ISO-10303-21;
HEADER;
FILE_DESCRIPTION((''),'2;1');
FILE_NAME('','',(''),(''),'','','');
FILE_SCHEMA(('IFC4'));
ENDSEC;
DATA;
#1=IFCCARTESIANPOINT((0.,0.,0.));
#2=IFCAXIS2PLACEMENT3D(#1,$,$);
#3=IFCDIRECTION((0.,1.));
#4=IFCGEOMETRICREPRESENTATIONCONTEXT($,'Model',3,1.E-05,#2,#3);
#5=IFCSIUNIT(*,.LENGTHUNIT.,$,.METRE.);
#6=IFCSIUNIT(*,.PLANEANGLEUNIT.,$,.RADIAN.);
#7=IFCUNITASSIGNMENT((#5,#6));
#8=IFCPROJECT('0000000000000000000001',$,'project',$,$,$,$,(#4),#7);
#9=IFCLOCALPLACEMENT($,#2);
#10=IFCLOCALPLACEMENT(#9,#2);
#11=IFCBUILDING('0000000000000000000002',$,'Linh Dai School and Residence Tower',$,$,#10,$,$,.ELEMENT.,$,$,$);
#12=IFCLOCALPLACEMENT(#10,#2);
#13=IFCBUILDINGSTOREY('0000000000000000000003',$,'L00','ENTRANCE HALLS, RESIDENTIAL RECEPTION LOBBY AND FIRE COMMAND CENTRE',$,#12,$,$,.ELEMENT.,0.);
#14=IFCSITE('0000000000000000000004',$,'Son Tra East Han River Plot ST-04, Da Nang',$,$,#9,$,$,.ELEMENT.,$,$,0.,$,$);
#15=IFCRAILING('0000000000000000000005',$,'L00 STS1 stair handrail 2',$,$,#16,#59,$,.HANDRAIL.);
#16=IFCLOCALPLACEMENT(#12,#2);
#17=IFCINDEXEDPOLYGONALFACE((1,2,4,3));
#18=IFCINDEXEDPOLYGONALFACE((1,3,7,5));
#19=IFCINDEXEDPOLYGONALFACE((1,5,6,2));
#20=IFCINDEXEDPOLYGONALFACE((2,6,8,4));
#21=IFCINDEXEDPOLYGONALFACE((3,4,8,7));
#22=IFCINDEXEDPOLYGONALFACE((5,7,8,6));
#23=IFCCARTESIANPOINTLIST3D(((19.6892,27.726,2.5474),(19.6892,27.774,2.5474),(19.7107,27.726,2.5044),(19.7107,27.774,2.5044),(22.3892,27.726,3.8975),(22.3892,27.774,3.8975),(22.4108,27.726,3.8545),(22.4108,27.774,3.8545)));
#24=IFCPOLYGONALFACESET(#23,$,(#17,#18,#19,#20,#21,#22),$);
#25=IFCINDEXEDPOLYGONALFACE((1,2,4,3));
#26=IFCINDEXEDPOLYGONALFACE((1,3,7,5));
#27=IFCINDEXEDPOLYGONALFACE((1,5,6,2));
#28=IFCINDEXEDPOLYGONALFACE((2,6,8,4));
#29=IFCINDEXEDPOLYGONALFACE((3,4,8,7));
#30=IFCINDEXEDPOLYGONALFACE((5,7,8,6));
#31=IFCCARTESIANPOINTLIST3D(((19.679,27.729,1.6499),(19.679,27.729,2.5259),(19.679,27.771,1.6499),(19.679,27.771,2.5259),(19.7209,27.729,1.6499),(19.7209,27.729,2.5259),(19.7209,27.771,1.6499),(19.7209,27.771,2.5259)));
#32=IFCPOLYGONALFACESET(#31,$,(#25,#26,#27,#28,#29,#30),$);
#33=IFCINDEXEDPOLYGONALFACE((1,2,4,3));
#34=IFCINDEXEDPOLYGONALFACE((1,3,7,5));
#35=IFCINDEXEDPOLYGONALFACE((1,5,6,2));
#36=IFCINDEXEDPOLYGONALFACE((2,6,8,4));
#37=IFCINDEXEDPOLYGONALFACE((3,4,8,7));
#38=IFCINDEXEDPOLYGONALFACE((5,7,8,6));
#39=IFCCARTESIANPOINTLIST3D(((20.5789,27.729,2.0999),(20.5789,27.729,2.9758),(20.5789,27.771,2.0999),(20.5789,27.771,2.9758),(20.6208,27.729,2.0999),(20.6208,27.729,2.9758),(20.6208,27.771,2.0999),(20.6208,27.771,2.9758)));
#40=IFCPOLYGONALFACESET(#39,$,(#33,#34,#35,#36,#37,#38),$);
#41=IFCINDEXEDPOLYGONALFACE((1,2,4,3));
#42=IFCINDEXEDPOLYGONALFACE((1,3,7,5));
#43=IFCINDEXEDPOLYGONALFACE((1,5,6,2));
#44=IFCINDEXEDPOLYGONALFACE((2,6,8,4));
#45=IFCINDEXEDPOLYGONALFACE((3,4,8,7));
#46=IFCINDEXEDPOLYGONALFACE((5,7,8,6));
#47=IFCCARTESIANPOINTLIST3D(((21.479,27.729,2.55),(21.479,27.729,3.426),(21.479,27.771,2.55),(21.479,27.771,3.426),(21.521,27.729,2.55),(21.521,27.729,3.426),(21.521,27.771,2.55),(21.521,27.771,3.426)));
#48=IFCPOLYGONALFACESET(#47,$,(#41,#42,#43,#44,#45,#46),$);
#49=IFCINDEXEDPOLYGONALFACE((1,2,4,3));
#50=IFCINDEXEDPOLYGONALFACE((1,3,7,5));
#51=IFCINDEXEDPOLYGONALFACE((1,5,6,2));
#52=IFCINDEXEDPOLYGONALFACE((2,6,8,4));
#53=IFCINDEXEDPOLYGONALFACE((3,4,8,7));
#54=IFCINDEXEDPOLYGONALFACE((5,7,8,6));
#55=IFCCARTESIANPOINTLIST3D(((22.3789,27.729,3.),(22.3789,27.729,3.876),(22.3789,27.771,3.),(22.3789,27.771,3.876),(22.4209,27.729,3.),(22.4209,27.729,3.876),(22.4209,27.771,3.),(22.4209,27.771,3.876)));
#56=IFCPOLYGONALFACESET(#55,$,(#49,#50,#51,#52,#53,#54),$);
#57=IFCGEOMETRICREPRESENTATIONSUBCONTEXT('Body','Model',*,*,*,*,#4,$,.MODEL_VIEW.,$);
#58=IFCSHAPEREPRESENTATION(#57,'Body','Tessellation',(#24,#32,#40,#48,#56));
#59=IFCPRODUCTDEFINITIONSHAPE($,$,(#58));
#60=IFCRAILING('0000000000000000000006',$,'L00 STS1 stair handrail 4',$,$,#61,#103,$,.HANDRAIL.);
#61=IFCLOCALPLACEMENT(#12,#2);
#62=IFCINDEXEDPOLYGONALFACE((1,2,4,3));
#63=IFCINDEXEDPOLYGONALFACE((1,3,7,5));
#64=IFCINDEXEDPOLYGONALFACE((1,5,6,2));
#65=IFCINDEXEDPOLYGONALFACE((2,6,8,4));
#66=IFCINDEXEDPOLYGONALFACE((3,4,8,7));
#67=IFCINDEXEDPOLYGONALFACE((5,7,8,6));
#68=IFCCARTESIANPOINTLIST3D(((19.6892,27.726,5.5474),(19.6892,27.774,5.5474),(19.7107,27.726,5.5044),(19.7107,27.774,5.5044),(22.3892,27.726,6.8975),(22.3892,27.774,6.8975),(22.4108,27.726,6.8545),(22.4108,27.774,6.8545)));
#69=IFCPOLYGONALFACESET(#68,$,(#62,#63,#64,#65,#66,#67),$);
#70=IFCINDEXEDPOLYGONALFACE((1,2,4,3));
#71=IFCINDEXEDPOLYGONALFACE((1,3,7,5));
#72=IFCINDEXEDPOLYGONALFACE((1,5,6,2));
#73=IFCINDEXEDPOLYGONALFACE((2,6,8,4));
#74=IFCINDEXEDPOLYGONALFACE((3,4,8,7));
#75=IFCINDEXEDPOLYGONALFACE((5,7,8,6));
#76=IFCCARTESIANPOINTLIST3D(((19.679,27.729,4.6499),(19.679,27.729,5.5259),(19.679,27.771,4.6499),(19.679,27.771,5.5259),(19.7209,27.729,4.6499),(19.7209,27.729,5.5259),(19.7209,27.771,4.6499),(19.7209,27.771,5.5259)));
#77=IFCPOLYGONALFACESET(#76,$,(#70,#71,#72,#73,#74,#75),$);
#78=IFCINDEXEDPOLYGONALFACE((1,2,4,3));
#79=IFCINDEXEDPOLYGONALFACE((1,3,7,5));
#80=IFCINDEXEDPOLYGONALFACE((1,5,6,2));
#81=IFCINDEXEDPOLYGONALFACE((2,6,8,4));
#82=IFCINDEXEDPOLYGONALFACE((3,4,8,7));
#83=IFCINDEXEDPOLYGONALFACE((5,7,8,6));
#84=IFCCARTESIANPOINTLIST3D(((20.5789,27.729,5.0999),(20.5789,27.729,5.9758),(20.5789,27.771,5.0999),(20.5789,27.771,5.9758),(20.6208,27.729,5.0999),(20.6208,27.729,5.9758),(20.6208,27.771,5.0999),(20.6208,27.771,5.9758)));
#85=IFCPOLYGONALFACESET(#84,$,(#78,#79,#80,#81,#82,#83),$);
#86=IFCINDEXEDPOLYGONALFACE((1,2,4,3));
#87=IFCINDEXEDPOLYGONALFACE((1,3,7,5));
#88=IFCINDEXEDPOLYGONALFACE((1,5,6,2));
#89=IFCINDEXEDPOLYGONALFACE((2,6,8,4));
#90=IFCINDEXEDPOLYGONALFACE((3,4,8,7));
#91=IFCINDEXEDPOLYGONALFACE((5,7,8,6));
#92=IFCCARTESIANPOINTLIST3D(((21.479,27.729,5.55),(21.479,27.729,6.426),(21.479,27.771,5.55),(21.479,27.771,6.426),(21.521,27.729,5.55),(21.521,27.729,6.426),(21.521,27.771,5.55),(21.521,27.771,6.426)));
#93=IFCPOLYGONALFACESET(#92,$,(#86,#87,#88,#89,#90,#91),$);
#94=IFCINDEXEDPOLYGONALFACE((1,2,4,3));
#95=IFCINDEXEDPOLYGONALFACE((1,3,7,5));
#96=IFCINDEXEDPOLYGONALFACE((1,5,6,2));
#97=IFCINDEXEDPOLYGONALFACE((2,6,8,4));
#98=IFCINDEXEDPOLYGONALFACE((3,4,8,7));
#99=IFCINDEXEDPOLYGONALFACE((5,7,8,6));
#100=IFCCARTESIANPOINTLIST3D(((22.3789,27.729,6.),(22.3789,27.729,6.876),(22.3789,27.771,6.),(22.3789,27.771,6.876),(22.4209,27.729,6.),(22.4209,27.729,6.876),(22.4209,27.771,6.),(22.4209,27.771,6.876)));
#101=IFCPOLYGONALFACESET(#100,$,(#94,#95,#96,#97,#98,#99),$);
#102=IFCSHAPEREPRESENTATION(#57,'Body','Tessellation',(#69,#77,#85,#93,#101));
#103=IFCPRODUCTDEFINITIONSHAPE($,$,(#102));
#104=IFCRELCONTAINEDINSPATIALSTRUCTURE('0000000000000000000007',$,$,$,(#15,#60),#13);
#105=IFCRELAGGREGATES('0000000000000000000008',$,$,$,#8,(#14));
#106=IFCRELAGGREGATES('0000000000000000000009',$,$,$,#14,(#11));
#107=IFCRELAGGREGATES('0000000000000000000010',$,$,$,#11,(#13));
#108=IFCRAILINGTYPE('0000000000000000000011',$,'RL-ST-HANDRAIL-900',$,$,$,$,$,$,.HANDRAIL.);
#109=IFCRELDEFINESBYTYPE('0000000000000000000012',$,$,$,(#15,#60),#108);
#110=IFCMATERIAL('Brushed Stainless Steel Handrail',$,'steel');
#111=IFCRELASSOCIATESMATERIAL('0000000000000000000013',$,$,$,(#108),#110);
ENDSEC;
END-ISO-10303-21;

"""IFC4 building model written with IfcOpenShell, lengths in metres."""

from ifc_helpers import new_model, si_unit, direction, frame, origin, origin_2d, place, context, subcontext, project, spatial, rectangle, extrude, source, transform, mapped, material, type_object, element, save


model = new_model("IFC4")

# Units and contexts
model_context = context("Model", 3, precision=1e-05, world=origin(), true_north=direction((0.0, 1.0)))
body_context = subcontext(model_context, "Body", "Model", "MODEL_VIEW")
ifc_project = project(units=[si_unit("LENGTHUNIT", "METRE"), si_unit("PLANEANGLEUNIT", "RADIAN")], contexts=[model_context])

# Site, building, storey
site_placement = place(None, origin())
site = spatial("IfcSite", under=ifc_project, at=site_placement, Name="Son Tra East Han River Plot ST-04, Da Nang", CompositionType="ELEMENT", RefElevation=0.0)
building_placement = place(site_placement, origin())
building = spatial("IfcBuilding", under=site, at=building_placement, Name="Linh Dai School and Residence Tower", CompositionType="ELEMENT")
storey_placement = place(building_placement, origin())
storey = spatial("IfcBuildingStorey", under=building, at=storey_placement, Name="L00", Description="ENTRANCE HALLS, RESIDENTIAL RECEPTION LOBBY AND FIRE COMMAND CENTRE", CompositionType="ELEMENT", Elevation=0.0)

# Railings
ifc_material_1 = material(Name="Brushed Stainless Steel Handrail", Category="steel")
railing_type_1 = type_object("IfcRailingType", Name="RL-ST-HANDRAIL-900", PredefinedType="HANDRAIL", material=ifc_material_1)
shared_shape_1 = source(origin(), body_context, "Body", "SweptSolid", [
    extrude(rectangle(XDim=0.0481, YDim=0.0481, at=origin_2d()), frame((0.0, 0.0, 0.876), z_axis=(0.894411, 0.0, 0.447246), x_axis=(0.0, 1.0, 0.0)), (0.0, 0.0, 1.0), 3.0188),
    extrude(rectangle(XDim=0.042, YDim=0.042, at=origin_2d()), origin(), (0.0, 0.0, 1.0), 0.876),
    extrude(rectangle(XDim=0.042, YDim=0.042, at=origin_2d()), frame((0.8999, 0.0, 0.45)), (0.0, 0.0, 1.0), 0.876),
    extrude(rectangle(XDim=0.042, YDim=0.042, at=origin_2d()), frame((1.8, 0.0, 0.9001)), (0.0, 0.0, 1.0), 0.876),
    extrude(rectangle(XDim=0.042, YDim=0.042, at=origin_2d()), frame((2.7, 0.0, 1.3501)), (0.0, 0.0, 1.0), 0.876),
])
for number, where, name in (
    (1, (19.7, 27.75, 1.6499), "L00 STS1 stair handrail 2"),
    (2, (19.7, 27.75, 4.6499), "L00 STS1 stair handrail 4"),
):
    element("IfcRailing", number, at=place(storey_placement, frame(where)), inside=storey, type_object=railing_type_1, Name=name, PredefinedType="HANDRAIL", context=body_context, shape_type="MappedRepresentation", body=[
        mapped(shared_shape_1, transform((0.0, 0.0, 0.0), x_axis=(1.0, 0.0, 0.0), y_axis=(0.0, 1.0, 0.0), z_axis=(0.0, 0.0, 1.0), scale=1.0)),
    ])

save(model, "model.ifc")
